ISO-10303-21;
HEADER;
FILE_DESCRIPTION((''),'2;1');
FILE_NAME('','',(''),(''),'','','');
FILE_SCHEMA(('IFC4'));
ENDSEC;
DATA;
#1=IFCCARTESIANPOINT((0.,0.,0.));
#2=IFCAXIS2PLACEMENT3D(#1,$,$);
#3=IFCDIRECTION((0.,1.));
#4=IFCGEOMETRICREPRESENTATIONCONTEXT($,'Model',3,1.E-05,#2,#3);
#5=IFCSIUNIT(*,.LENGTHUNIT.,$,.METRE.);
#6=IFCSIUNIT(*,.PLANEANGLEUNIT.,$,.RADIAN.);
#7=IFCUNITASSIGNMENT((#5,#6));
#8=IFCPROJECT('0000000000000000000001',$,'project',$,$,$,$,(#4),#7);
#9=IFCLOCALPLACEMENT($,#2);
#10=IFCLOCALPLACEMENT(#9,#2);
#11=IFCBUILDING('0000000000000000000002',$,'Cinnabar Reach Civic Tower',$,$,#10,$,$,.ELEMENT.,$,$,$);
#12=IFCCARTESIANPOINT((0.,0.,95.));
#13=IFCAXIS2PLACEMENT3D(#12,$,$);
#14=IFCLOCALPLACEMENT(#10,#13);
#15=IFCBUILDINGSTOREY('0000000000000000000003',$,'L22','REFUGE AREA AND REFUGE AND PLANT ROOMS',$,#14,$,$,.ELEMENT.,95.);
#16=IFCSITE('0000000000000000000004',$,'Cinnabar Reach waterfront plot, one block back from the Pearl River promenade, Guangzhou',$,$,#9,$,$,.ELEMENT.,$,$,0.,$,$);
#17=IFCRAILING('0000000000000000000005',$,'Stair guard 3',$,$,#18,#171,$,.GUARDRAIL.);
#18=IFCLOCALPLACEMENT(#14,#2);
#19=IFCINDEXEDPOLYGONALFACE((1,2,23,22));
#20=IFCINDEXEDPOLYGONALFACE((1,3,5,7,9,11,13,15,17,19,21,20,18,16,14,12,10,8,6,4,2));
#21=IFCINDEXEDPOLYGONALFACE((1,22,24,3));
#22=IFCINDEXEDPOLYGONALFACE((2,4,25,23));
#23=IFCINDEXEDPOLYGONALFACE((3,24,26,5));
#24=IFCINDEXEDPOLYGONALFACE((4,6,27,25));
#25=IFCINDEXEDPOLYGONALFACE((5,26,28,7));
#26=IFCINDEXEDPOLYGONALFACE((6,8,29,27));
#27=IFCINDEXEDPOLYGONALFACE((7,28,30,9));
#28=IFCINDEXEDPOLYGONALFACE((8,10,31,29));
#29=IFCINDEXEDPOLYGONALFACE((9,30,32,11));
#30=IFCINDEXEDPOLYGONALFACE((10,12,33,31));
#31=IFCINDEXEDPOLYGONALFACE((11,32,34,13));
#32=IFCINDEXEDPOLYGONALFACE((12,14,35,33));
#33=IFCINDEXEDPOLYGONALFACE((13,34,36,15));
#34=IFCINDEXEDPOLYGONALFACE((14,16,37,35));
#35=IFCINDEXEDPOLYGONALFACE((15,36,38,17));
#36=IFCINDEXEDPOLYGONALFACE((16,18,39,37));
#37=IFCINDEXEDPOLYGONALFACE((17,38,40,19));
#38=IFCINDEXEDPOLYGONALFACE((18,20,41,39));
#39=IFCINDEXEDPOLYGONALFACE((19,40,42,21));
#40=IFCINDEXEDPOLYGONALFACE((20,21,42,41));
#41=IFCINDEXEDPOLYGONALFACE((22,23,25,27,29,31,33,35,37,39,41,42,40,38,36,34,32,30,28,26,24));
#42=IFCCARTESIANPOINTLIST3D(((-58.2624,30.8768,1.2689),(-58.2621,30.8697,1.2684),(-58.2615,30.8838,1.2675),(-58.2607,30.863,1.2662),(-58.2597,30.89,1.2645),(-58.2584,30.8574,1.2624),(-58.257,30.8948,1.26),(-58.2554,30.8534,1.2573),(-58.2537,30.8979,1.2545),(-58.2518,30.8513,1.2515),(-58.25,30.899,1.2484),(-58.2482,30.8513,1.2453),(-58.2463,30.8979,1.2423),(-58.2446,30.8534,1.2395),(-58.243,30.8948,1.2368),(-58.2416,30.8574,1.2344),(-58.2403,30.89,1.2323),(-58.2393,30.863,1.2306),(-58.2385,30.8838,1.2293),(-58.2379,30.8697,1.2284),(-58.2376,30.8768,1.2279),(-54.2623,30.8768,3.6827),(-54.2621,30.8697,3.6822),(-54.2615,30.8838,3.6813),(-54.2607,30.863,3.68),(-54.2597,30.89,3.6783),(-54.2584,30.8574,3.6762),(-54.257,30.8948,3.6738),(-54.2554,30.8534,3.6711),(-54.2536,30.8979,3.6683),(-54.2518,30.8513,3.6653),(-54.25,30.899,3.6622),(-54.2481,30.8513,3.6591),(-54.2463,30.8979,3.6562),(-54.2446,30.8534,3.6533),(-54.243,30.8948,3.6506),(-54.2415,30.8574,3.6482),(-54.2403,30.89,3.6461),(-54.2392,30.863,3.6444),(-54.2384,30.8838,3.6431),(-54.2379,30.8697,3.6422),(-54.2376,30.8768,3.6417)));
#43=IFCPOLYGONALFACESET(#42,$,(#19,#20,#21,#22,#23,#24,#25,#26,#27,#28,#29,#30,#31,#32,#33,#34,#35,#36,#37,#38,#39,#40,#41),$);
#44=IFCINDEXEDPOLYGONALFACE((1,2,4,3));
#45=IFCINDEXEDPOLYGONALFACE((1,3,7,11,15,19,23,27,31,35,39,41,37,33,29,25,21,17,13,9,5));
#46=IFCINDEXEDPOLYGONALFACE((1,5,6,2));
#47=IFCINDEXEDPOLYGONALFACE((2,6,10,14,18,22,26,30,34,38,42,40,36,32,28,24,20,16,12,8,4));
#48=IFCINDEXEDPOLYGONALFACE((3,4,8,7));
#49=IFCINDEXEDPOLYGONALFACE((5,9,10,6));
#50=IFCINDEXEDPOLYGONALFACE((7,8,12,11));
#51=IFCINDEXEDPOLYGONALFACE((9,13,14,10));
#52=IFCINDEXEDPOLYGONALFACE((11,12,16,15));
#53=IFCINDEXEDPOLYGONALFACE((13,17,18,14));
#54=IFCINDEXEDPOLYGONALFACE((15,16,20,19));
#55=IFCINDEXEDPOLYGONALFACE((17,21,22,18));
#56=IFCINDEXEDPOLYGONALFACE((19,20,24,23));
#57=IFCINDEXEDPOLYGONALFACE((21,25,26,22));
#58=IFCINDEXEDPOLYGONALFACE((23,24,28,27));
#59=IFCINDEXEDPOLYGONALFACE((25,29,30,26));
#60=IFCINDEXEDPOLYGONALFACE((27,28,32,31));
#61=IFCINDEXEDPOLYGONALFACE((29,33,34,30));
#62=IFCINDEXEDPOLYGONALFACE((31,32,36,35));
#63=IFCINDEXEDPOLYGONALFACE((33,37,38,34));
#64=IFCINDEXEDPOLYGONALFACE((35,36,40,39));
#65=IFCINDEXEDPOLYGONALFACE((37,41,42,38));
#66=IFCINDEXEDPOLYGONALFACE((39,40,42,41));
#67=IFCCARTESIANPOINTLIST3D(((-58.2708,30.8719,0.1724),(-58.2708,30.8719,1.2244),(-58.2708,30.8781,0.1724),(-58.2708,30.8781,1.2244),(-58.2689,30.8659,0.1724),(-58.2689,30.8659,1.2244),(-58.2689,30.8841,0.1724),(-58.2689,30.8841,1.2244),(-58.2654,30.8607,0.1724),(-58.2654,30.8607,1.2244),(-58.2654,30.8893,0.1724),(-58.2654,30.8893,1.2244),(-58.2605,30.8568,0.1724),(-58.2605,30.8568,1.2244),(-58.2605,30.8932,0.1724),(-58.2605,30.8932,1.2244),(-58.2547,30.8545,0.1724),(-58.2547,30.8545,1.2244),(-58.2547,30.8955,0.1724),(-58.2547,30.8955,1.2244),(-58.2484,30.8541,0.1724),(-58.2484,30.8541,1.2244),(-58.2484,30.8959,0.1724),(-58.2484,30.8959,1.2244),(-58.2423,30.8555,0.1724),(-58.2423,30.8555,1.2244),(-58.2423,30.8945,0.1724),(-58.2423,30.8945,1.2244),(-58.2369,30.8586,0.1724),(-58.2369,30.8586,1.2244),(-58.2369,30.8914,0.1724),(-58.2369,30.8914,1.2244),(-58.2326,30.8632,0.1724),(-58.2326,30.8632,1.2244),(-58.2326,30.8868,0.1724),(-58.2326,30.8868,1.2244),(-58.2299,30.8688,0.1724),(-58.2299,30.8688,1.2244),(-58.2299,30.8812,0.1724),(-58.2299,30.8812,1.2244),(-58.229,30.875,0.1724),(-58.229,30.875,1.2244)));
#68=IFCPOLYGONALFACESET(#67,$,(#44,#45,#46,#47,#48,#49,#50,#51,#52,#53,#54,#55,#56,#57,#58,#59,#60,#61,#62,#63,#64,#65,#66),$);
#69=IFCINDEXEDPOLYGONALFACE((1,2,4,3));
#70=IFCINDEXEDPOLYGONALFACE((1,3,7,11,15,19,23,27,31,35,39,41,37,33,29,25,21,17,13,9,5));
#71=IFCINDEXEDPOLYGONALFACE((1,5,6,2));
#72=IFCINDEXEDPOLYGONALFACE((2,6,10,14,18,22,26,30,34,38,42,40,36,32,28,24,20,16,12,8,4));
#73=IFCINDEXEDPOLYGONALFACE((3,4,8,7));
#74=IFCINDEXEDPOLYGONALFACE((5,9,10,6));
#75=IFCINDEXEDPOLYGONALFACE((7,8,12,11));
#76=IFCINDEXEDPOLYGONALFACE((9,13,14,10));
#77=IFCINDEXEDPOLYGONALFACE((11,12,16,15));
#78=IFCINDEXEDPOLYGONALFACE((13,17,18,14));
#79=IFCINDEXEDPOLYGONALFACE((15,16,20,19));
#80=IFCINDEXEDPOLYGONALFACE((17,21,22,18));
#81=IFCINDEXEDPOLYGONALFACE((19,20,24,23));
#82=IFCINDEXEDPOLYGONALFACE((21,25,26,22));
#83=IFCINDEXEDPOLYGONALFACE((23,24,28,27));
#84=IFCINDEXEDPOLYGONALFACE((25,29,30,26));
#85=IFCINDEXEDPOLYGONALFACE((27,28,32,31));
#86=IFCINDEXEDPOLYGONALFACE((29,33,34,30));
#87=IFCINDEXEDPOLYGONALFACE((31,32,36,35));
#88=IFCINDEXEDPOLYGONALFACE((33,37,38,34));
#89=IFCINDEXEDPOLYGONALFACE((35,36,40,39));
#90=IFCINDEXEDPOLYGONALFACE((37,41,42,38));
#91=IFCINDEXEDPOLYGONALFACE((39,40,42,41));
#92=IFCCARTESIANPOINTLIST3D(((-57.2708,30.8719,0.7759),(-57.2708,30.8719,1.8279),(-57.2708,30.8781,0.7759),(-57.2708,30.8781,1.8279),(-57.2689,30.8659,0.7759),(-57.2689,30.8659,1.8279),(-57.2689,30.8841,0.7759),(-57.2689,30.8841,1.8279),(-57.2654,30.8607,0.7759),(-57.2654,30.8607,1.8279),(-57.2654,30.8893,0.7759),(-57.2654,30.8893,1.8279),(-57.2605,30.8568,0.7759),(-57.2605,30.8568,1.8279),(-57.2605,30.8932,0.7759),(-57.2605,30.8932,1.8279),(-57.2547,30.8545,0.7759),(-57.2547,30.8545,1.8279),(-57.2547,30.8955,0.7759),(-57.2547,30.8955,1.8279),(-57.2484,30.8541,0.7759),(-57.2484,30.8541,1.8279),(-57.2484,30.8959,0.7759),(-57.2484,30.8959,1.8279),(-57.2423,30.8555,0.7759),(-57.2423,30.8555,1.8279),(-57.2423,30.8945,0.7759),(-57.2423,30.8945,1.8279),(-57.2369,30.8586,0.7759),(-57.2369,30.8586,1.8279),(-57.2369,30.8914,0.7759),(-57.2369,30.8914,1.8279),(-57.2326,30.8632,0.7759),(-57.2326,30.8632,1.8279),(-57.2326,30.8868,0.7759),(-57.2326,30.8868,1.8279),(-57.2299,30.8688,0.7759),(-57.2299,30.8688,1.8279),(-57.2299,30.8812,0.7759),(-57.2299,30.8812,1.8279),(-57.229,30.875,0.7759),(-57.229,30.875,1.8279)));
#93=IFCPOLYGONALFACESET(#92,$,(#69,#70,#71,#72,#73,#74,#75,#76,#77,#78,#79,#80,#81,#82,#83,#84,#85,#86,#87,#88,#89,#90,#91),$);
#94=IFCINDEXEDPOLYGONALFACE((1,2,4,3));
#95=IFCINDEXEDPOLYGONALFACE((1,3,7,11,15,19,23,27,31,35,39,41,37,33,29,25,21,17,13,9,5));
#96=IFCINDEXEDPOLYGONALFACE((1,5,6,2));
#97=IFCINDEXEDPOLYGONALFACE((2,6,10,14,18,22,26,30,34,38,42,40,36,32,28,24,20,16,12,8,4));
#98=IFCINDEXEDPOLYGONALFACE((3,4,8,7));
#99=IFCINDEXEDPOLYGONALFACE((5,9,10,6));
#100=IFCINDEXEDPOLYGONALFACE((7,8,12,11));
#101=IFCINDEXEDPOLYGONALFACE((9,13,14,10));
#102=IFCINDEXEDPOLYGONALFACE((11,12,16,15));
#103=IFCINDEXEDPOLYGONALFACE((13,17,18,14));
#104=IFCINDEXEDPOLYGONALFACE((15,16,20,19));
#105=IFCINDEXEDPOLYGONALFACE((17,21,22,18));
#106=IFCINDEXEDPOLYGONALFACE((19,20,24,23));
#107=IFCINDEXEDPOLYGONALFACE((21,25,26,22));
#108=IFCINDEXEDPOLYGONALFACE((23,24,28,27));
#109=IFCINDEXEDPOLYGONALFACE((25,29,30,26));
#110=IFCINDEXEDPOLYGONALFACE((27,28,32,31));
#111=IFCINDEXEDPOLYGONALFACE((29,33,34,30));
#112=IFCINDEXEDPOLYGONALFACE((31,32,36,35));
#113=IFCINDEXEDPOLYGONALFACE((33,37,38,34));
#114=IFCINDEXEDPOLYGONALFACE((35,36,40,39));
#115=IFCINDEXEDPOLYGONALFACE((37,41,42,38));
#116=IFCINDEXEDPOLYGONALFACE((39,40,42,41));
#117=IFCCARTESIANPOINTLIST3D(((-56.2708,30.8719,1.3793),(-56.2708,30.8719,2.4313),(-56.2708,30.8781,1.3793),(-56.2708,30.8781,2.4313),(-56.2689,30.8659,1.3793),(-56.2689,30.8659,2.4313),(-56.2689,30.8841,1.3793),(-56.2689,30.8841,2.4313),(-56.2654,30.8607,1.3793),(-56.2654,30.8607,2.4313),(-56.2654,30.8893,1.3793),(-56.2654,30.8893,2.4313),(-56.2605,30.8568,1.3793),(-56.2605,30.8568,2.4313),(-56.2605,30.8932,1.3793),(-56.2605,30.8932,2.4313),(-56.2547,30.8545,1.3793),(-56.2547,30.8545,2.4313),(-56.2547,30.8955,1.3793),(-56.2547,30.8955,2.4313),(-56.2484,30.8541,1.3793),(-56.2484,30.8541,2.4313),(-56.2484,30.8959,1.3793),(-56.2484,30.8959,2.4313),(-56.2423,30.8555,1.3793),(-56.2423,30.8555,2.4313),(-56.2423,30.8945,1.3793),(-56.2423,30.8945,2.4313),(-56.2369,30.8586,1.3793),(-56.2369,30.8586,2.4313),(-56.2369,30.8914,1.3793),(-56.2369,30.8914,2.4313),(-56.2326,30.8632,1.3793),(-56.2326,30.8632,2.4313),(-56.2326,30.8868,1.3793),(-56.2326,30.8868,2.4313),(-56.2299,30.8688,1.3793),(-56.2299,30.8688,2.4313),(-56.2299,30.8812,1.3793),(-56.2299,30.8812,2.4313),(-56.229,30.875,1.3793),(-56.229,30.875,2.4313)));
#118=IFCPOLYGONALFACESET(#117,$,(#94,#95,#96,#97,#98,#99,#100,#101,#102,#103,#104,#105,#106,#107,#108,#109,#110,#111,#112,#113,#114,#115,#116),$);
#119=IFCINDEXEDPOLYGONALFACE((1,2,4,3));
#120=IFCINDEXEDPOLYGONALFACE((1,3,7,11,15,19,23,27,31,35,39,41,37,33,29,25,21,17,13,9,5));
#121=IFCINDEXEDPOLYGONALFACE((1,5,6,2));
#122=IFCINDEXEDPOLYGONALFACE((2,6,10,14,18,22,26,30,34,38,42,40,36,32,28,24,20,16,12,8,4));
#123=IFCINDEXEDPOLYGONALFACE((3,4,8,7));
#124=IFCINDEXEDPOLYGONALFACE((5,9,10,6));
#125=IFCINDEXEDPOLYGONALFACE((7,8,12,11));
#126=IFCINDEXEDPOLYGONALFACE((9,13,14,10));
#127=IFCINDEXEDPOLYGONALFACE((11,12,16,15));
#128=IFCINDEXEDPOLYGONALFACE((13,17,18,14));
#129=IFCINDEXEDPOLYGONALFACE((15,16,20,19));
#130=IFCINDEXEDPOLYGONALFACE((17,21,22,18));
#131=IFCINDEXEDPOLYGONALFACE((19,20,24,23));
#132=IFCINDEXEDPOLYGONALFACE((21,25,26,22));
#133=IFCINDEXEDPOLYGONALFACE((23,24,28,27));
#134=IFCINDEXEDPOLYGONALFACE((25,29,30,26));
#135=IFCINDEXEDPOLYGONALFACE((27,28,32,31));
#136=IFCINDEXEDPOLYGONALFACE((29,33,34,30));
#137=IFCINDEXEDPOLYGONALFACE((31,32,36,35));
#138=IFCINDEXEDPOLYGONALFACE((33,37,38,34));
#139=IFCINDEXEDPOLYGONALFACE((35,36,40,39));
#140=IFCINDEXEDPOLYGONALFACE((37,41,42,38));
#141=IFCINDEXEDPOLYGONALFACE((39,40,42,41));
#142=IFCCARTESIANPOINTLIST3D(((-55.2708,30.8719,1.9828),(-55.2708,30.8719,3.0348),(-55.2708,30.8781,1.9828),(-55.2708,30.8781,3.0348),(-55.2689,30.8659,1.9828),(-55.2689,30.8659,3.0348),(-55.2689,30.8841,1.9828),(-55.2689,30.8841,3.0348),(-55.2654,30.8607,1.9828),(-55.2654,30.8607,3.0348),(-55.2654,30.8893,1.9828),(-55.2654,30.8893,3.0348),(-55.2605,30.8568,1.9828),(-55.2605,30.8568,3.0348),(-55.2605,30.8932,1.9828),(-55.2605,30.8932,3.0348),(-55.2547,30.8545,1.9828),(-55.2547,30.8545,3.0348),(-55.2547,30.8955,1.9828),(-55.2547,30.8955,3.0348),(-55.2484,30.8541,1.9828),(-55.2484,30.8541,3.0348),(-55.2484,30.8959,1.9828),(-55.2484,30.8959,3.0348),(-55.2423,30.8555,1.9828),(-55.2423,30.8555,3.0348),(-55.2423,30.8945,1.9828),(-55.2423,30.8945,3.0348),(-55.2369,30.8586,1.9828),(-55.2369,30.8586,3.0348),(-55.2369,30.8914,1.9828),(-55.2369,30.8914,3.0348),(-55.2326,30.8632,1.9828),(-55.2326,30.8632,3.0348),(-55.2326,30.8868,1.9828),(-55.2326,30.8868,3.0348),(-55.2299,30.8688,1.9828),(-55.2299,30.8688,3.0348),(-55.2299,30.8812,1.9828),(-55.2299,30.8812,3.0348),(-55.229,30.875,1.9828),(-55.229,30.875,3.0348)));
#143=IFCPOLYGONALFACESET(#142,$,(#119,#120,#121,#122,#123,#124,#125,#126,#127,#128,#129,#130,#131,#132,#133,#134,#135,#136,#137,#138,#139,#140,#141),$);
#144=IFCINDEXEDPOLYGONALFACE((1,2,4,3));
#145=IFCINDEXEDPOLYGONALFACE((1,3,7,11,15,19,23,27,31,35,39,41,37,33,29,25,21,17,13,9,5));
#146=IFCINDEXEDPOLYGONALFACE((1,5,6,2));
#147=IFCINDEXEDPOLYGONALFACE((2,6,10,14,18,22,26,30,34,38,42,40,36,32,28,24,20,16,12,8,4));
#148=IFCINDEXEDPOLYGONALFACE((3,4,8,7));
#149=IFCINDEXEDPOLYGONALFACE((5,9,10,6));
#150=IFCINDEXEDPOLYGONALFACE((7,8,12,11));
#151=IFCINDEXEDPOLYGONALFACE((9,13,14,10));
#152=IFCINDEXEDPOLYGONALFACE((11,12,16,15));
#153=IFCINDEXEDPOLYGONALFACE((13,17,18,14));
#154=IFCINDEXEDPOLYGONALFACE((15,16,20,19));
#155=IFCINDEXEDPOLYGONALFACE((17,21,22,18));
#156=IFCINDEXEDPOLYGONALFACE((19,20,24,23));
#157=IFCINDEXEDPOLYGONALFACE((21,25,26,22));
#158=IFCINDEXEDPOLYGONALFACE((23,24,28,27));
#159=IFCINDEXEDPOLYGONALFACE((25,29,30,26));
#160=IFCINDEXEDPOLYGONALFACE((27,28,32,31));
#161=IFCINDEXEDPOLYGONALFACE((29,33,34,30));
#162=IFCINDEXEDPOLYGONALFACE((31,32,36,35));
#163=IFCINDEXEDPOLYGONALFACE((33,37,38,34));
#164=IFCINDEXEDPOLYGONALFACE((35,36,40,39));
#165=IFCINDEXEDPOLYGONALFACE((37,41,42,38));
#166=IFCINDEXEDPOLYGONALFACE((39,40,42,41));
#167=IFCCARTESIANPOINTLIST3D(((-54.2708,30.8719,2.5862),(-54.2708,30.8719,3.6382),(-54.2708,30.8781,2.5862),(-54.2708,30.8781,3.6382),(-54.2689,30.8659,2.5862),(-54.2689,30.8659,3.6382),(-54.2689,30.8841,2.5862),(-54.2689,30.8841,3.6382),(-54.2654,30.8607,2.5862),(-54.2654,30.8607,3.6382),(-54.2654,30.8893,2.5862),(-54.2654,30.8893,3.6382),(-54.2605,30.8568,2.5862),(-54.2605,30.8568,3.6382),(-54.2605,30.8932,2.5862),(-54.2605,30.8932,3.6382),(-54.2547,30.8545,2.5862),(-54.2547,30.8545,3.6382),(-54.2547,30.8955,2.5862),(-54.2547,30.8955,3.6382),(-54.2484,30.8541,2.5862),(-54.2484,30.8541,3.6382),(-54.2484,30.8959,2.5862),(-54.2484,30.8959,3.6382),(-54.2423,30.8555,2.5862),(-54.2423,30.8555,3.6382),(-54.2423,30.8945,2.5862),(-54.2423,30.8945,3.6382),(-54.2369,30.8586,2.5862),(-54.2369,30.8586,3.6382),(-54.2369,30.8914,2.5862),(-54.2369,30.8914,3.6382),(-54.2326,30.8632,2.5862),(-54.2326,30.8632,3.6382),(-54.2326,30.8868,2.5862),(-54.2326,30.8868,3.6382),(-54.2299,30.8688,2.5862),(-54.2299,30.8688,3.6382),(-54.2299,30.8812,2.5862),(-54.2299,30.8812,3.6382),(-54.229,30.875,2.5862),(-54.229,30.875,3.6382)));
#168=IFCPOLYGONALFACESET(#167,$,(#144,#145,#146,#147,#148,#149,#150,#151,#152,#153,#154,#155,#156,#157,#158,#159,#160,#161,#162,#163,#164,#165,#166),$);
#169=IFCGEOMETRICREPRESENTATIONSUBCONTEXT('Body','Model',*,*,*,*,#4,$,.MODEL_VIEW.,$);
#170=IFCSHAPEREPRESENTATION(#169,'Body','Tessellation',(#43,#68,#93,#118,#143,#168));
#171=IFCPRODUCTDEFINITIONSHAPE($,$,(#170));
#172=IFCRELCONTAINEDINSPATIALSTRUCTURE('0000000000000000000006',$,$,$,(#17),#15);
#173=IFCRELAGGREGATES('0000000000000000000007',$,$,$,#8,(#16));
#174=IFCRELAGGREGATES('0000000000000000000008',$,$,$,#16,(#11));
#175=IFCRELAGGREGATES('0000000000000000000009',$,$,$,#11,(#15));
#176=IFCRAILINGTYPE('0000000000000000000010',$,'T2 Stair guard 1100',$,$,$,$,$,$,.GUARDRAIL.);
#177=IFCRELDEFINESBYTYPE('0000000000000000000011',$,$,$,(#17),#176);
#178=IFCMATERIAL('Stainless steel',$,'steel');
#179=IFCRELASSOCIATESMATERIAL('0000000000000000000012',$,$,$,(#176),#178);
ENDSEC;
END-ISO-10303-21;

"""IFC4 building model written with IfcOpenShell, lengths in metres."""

from ifc_helpers import new_model, si_unit, direction, frame, origin, origin_2d, place, context, subcontext, project, spatial, circle, extrude, material, type_object, element, save


model = new_model("IFC4")

# Units and contexts
model_context = context("Model", 3, precision=1e-05, world=origin(), true_north=direction((0.0, 1.0)))
body_context = subcontext(model_context, "Body", "Model", "MODEL_VIEW")
ifc_project = project(units=[si_unit("LENGTHUNIT", "METRE"), si_unit("PLANEANGLEUNIT", "RADIAN")], contexts=[model_context])

# Site, building, storey
site_placement = place(None, origin())
site = spatial("IfcSite", under=ifc_project, at=site_placement, Name="Cinnabar Reach waterfront plot, one block back from the Pearl River promenade, Guangzhou", CompositionType="ELEMENT", RefElevation=0.0)
building_placement = place(site_placement, origin())
building = spatial("IfcBuilding", under=site, at=building_placement, Name="Cinnabar Reach Civic Tower", CompositionType="ELEMENT")
storey_placement = place(building_placement, frame((0.0, 0.0, 95.0)))
storey = spatial("IfcBuildingStorey", under=building, at=storey_placement, Name="L22", Description="REFUGE AREA AND REFUGE AND PLANT ROOMS", CompositionType="ELEMENT", Elevation=95.0)

# Railing
ifc_material_1 = material(Name="Stainless steel", Category="steel")
railing_type = type_object("IfcRailingType", Name="T2 Stair guard 1100", PredefinedType="GUARDRAIL", material=ifc_material_1)
railing_1_placement = place(storey_placement, frame((-58.25, 30.875, 0.1724)))
element("IfcRailing", 1, at=railing_1_placement, inside=storey, type_object=railing_type, Name="Stair guard 3", PredefinedType="GUARDRAIL", context=body_context, shape_type="SweptSolid", body=[
    extrude(circle(Radius=0.024, at=origin_2d()), frame((0.0, 0.0, 1.076), z_axis=(0.856187, 0.0, 0.516666), x_axis=(0.0, 1.0, 0.0)), (0.0, 0.0, 1.0), 4.6719),
    extrude(circle(Radius=0.021, at=origin_2d()), origin(), (0.0, 0.0, 1.0), 1.052),
    extrude(circle(Radius=0.021, at=origin_2d()), frame((1.0, 0.0, 0.6035)), (0.0, 0.0, 1.0), 1.052),
    extrude(circle(Radius=0.021, at=origin_2d()), frame((2.0, 0.0, 1.2069)), (0.0, 0.0, 1.0), 1.052),
    extrude(circle(Radius=0.021, at=origin_2d()), frame((3.0, 0.0, 1.8104)), (0.0, 0.0, 1.0), 1.052),
    extrude(circle(Radius=0.021, at=origin_2d()), frame((4.0, 0.0, 2.4138)), (0.0, 0.0, 1.0), 1.052),
])

save(model, "model.ifc")
